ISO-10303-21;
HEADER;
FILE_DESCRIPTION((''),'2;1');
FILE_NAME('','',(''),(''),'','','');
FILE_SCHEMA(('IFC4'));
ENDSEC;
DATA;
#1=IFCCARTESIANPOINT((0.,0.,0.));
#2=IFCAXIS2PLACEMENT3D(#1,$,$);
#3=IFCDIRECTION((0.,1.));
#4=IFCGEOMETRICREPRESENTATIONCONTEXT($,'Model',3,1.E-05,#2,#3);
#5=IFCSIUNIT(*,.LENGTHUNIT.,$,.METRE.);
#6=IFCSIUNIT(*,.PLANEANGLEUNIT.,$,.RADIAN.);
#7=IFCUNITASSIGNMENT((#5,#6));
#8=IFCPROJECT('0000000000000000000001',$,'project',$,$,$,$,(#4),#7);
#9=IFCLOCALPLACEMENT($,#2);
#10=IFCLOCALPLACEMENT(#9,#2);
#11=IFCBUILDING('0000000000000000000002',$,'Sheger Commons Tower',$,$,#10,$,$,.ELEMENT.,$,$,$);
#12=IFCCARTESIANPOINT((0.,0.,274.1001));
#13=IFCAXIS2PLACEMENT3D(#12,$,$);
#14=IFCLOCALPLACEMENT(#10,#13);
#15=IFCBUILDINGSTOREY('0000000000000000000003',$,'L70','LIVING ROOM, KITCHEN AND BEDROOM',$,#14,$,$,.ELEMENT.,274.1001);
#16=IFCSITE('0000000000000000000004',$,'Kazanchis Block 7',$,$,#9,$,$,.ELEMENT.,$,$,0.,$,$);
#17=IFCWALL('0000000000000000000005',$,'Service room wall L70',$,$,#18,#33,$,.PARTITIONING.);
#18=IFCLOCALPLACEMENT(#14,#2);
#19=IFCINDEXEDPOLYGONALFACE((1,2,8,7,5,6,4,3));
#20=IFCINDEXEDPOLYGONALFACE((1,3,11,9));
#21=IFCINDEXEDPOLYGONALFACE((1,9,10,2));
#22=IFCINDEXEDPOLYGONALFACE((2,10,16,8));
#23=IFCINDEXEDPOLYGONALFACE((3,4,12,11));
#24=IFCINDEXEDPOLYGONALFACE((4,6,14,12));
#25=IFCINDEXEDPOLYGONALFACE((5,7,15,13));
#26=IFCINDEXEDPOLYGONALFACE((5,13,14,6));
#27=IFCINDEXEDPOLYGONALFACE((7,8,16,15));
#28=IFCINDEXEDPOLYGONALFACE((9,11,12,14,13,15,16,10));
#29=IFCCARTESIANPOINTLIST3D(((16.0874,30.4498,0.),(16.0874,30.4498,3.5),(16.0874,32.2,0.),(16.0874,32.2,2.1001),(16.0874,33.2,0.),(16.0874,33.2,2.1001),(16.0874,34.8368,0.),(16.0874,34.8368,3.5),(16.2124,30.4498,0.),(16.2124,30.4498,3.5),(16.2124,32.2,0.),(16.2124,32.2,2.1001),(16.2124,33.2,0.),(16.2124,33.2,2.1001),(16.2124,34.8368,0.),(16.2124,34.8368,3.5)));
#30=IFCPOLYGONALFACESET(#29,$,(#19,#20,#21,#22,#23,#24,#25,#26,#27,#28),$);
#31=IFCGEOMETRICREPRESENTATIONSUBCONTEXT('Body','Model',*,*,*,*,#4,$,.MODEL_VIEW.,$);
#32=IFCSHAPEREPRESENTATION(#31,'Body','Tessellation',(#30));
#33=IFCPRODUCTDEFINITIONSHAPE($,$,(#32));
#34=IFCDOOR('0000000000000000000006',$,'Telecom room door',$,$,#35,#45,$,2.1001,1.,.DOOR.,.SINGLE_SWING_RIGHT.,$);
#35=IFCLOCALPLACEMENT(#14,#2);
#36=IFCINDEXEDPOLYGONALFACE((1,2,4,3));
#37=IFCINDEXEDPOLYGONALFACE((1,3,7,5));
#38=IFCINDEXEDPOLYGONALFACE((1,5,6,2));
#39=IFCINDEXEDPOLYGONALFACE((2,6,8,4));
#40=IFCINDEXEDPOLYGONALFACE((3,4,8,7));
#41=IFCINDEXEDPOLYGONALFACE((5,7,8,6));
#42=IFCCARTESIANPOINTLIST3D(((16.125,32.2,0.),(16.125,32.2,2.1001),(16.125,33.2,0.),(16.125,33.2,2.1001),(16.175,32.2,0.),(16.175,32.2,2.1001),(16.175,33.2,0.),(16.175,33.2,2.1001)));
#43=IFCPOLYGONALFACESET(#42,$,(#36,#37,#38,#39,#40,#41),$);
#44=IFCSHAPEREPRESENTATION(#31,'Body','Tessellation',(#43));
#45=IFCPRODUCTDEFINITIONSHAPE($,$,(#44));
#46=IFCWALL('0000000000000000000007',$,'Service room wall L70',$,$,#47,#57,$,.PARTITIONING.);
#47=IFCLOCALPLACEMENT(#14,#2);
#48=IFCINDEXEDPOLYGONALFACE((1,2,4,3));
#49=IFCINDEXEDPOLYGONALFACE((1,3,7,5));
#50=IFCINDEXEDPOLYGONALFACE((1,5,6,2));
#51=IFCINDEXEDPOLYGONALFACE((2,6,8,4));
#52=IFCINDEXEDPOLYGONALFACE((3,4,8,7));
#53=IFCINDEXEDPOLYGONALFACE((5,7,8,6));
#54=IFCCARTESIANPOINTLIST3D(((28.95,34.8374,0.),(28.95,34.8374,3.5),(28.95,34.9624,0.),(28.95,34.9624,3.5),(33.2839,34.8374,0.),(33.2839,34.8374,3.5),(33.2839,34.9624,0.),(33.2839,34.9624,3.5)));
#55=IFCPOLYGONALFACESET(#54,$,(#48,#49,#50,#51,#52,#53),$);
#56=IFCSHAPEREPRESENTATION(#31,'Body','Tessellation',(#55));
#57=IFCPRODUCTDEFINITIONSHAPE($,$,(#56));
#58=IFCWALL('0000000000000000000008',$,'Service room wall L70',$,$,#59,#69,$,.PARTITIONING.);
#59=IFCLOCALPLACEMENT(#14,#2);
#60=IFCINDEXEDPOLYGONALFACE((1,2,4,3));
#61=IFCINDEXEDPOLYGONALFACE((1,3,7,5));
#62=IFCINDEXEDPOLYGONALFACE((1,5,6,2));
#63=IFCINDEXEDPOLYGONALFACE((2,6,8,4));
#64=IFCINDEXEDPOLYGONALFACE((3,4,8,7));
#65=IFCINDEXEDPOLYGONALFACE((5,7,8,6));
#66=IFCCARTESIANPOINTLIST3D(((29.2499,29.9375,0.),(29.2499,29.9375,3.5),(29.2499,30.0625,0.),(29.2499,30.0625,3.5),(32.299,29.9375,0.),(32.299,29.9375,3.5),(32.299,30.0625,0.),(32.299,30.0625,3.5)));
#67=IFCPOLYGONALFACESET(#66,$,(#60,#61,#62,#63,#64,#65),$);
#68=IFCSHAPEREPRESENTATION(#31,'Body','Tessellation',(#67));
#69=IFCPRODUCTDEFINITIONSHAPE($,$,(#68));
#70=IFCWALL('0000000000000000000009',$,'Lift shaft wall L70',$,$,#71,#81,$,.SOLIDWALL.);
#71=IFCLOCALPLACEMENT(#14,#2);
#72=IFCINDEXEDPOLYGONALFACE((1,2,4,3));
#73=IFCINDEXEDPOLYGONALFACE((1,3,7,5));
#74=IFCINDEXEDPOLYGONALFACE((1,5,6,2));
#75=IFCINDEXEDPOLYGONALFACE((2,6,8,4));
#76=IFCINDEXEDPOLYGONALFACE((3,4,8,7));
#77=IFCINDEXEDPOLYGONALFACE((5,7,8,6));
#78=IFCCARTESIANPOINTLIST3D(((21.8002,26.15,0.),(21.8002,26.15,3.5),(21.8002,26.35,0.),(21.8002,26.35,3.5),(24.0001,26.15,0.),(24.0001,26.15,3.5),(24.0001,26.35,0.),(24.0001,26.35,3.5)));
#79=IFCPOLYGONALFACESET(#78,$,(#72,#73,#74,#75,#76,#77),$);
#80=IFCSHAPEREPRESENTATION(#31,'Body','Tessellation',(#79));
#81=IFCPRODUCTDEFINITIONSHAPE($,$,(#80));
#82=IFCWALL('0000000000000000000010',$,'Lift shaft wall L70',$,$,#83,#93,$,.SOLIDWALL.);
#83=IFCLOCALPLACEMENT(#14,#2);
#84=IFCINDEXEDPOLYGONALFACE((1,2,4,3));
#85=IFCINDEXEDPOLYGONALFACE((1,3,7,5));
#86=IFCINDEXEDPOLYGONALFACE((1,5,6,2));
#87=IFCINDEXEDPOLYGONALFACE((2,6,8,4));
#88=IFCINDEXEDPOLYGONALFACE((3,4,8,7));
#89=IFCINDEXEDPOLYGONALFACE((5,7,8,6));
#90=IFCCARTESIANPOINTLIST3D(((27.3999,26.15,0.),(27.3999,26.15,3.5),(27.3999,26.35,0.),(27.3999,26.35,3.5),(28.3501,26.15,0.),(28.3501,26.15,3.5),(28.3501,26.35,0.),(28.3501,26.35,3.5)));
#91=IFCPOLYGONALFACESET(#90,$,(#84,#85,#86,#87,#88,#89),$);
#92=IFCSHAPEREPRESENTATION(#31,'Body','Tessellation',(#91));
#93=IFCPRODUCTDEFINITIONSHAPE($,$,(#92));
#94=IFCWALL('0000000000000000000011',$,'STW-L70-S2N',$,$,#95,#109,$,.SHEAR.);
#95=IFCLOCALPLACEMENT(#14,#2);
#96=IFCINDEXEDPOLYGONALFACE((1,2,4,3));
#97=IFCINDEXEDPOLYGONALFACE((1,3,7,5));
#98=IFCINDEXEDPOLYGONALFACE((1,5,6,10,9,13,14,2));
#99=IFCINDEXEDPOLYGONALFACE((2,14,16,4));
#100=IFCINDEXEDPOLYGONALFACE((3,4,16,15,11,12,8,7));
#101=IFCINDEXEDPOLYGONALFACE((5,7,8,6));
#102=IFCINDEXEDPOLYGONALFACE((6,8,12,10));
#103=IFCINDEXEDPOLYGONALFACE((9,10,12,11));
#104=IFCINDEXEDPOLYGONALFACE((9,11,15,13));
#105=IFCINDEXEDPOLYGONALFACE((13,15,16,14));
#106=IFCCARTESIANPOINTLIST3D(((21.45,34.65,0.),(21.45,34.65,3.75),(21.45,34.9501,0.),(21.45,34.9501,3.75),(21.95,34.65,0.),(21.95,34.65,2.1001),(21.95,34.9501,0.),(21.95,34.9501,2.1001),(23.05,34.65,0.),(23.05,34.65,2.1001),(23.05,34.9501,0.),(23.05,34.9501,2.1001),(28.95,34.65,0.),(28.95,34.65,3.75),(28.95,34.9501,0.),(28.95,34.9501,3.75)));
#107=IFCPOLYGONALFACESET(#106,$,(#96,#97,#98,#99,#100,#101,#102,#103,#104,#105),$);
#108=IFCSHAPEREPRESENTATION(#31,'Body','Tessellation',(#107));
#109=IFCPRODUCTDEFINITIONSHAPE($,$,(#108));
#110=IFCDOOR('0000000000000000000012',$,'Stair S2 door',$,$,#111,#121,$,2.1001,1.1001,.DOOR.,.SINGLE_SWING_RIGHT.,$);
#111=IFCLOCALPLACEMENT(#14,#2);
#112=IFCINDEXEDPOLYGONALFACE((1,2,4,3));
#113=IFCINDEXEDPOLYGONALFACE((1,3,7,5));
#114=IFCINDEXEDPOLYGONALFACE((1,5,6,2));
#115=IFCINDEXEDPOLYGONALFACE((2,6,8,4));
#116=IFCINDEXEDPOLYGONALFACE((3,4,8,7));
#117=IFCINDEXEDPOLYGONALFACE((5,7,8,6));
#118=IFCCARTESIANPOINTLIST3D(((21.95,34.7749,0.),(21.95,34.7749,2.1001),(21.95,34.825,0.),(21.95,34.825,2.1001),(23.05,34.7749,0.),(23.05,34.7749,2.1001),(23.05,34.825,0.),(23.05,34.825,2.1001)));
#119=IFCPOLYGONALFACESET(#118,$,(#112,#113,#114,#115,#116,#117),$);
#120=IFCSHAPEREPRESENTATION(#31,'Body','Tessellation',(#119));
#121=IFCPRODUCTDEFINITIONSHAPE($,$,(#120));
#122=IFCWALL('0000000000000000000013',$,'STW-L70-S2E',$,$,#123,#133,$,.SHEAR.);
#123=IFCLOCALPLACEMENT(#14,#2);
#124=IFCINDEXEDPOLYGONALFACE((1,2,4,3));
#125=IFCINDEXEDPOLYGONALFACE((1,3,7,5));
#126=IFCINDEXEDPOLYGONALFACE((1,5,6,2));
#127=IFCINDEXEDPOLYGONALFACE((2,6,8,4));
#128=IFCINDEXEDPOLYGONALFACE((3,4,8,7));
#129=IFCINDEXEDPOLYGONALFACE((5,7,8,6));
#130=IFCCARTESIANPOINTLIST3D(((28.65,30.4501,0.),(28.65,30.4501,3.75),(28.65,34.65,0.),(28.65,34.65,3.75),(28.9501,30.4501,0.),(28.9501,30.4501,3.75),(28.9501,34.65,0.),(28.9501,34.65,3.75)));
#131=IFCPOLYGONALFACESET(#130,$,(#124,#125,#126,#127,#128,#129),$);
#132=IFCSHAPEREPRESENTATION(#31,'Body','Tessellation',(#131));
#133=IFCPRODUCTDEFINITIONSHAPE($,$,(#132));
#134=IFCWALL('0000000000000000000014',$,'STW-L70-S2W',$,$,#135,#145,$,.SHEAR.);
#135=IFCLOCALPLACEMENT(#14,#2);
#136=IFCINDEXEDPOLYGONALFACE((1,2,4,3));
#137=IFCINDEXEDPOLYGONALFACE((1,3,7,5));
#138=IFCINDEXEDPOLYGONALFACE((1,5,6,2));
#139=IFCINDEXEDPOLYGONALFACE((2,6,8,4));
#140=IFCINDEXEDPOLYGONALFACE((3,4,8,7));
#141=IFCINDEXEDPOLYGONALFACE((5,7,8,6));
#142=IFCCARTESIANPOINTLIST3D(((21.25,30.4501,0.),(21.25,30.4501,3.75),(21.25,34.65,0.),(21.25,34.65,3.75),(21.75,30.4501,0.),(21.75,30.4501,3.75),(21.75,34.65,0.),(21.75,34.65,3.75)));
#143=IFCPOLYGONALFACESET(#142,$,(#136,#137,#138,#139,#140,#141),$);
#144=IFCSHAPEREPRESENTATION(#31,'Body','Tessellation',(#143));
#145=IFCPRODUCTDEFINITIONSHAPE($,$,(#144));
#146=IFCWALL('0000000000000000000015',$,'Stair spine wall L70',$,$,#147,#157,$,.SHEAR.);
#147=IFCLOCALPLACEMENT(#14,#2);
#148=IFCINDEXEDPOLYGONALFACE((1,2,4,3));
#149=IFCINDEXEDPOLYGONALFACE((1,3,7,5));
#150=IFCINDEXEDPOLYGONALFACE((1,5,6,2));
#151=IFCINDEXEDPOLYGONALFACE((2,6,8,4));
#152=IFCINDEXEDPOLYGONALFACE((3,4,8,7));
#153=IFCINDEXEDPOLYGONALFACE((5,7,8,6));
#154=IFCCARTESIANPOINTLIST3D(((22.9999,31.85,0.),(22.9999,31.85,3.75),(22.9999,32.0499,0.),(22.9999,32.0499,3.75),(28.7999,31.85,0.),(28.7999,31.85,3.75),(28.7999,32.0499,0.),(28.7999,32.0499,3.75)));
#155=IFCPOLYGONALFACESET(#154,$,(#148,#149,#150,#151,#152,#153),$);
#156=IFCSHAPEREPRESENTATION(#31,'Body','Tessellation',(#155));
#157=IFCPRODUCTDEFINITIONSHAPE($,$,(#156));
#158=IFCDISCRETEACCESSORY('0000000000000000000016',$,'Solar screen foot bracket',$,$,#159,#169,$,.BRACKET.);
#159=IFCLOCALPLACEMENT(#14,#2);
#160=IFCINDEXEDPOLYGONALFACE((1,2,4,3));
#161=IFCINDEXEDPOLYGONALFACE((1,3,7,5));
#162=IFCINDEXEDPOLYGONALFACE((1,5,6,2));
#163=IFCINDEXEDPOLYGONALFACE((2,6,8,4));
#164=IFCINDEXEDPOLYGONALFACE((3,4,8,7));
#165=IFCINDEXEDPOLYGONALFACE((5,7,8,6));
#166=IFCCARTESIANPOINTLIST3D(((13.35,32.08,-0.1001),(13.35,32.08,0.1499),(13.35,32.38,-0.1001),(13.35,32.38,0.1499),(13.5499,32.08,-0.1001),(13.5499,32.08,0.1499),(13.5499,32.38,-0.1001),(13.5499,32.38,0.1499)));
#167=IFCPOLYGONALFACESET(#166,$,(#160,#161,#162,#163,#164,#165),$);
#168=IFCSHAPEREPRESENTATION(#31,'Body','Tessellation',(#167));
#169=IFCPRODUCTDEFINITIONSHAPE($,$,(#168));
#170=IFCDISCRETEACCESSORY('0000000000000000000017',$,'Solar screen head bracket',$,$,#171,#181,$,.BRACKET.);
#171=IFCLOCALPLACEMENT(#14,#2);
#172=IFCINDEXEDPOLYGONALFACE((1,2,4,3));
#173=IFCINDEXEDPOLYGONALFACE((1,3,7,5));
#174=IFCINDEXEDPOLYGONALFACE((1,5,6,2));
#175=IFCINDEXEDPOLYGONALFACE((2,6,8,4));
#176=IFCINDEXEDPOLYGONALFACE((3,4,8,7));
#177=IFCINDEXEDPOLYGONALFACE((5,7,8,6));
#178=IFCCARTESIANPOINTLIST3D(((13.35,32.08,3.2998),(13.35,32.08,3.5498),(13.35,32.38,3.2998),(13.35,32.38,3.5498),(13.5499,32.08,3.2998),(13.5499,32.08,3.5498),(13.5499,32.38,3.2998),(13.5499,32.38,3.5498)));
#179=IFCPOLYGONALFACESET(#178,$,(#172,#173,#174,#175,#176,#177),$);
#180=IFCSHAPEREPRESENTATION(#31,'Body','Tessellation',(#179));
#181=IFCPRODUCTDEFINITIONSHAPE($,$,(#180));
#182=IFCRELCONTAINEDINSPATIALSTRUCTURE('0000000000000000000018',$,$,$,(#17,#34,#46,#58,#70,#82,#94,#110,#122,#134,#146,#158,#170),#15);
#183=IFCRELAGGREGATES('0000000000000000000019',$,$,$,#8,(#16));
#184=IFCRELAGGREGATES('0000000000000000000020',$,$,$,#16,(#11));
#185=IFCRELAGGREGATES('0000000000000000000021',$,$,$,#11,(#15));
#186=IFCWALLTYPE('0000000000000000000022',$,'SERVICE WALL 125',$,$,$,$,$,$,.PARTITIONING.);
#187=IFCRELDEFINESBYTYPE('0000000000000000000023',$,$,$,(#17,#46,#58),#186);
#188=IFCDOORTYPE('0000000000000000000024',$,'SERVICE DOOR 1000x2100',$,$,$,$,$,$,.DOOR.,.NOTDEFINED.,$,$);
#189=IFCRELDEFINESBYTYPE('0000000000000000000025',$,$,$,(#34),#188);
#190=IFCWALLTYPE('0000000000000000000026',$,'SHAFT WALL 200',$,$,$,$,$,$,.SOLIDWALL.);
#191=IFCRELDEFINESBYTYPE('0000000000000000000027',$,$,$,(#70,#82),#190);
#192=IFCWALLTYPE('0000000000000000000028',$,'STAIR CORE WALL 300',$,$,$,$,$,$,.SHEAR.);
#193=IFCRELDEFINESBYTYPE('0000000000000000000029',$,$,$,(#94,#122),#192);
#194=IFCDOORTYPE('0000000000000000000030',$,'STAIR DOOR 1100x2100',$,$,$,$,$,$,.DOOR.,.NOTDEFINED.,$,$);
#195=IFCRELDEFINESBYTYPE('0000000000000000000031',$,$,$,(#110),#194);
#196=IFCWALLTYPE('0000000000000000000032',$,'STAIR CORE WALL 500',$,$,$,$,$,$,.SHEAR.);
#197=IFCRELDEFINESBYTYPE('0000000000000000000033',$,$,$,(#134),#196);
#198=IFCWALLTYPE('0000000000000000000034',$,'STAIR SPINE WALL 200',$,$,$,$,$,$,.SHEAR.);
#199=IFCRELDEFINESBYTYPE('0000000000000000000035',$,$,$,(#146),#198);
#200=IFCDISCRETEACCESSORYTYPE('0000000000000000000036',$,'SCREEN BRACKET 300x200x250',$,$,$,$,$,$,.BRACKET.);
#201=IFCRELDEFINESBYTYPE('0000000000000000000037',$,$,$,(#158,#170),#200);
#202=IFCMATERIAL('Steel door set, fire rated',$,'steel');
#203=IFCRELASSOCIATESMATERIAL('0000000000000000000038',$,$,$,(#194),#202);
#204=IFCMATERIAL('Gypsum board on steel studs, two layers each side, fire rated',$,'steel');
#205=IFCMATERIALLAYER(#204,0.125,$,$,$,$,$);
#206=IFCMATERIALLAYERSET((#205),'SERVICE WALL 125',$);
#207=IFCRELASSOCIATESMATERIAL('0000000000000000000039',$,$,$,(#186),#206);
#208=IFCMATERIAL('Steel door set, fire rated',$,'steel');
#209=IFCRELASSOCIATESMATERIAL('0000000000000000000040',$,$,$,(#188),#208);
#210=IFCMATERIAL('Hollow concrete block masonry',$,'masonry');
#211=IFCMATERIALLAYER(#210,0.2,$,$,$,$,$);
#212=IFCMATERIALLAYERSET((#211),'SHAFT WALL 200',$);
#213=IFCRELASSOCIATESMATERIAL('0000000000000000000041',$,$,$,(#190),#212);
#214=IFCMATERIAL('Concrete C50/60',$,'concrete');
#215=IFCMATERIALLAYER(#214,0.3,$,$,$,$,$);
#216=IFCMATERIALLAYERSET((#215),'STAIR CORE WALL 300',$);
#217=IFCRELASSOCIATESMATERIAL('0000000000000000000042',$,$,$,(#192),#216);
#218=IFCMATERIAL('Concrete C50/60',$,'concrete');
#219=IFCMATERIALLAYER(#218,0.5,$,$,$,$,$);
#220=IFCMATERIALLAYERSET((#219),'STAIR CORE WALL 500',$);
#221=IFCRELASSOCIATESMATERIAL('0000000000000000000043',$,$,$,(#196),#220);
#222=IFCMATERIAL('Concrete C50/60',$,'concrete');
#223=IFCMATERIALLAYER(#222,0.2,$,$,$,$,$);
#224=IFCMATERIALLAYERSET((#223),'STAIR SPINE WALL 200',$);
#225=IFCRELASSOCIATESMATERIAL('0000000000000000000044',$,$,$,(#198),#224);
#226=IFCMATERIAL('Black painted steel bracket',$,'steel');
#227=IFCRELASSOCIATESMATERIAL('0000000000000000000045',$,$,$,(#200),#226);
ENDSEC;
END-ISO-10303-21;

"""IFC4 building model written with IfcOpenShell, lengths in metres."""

from ifc_helpers import new_model, si_unit, direction, frame, frame_2d, origin, origin_2d, place, context, subcontext, project, spatial, rectangle, extrude, material, layer, layer_set, type_object, element, fill, save


model = new_model("IFC4")

# Units and contexts
model_context = context("Model", 3, precision=1e-05, world=origin(), true_north=direction((0.0, 1.0)))
body_context = subcontext(model_context, "Body", "Model", "MODEL_VIEW")
ifc_project = project(units=[si_unit("LENGTHUNIT", "METRE"), si_unit("PLANEANGLEUNIT", "RADIAN")], contexts=[model_context])

# Site, building, storey
site_placement = place(None, origin())
site = spatial("IfcSite", under=ifc_project, at=site_placement, Name="Kazanchis Block 7", CompositionType="ELEMENT", RefElevation=0.0)
building_placement = place(site_placement, origin())
building = spatial("IfcBuilding", under=site, at=building_placement, Name="Sheger Commons Tower", CompositionType="ELEMENT")
storey_placement = place(building_placement, frame((0.0, 0.0, 274.1001)))
storey = spatial("IfcBuildingStorey", under=building, at=storey_placement, Name="L70", Description="LIVING ROOM, KITCHEN AND BEDROOM", CompositionType="ELEMENT", Elevation=274.1001)

# Shared definitions
ifc_material_1 = material(Name="Steel door set, fire rated", Category="steel")
door_type_1 = type_object("IfcDoorType", Name="STAIR DOOR 1100x2100", OperationType="NOTDEFINED", PredefinedType="DOOR", material=ifc_material_1)

# Wall, opening, door
ifc_material_2 = material(Name="Gypsum board on steel studs, two layers each side, fire rated", Category="steel")
ifc_layer_1 = layer(ifc_material_2, 0.125)
ifc_layer_set_1 = layer_set([ifc_layer_1], Name="SERVICE WALL 125")
wall_type_1 = type_object("IfcWallType", Name="SERVICE WALL 125", PredefinedType="PARTITIONING", material=ifc_layer_set_1)
wall_1_placement = place(storey_placement, frame((16.1499, 30.45, 0.0), z_axis=(0.0, 0.0, 1.0), x_axis=(0.0, 1.0, 0.0)))
wall_1 = element("IfcWall", 1, at=wall_1_placement, inside=storey, type_object=wall_type_1, Name="Service room wall L70", PredefinedType="PARTITIONING", context=body_context, shape_type="SweptSolid", body=[
    extrude(rectangle(XDim=4.387, YDim=0.125, at=frame_2d((2.1934, 0.0))), origin(), (0.0, 0.0, 1.0), 3.5),
])
opening_1_placement = place(wall_1_placement, frame((1.75, 0.0, 0.0)))
opening_1 = element("IfcOpeningElement", 2, at=opening_1_placement, cuts=wall_1, PredefinedType="OPENING", context=body_context, shape_type="SweptSolid", body=[
    extrude(rectangle(XDim=1.0, YDim=2.1001, at=frame_2d((0.5, 1.05))), frame((0.0, 0.0725, 0.0), z_axis=(0.0, -1.0, 0.0), x_axis=(1.0, 0.0, 0.0)), (0.0, 0.0, 1.0), 0.145),
])
ifc_material_3 = material(Name="Steel door set, fire rated", Category="steel")
door_type_2 = type_object("IfcDoorType", Name="SERVICE DOOR 1000x2100", OperationType="NOTDEFINED", PredefinedType="DOOR", material=ifc_material_3)
door_1_placement = place(opening_1_placement, origin())
door_1 = element("IfcDoor", 3, at=door_1_placement, inside=storey, type_object=door_type_2, Name="Telecom room door", OperationType="SINGLE_SWING_RIGHT", OverallHeight=2.1001, OverallWidth=1.0, PredefinedType="DOOR", context=body_context, shape_type="SweptSolid", body=[
    extrude(rectangle(XDim=1.0, YDim=2.1001, at=frame_2d((0.5, 1.05))), frame((0.0, 0.0249, 0.0), z_axis=(0.0, -1.0, 0.0), x_axis=(1.0, 0.0, 0.0)), (0.0, 0.0, 1.0), 0.05),
])
fill(opening_1, door_1)

# Walls
wall_2_placement = place(storey_placement, frame((28.95, 34.8999, 0.0), z_axis=(0.0, 0.0, 1.0), x_axis=(1.0, 0.0, 0.0)))
element("IfcWall", 4, at=wall_2_placement, inside=storey, type_object=wall_type_1, Name="Service room wall L70", PredefinedType="PARTITIONING", context=body_context, shape_type="SweptSolid", body=[
    extrude(rectangle(XDim=4.334, YDim=0.125, at=frame_2d((2.167, 0.0))), origin(), (0.0, 0.0, 1.0), 3.5),
])
wall_3_placement = place(storey_placement, frame((29.25, 30.0, 0.0), z_axis=(0.0, 0.0, 1.0), x_axis=(1.0, 0.0, 0.0)))
element("IfcWall", 5, at=wall_3_placement, inside=storey, type_object=wall_type_1, Name="Service room wall L70", PredefinedType="PARTITIONING", context=body_context, shape_type="SweptSolid", body=[
    extrude(rectangle(XDim=3.0491, YDim=0.125, at=frame_2d((1.5244, 0.0))), origin(), (0.0, 0.0, 1.0), 3.5),
])
ifc_material_4 = material(Name="Hollow concrete block masonry", Category="masonry")
ifc_layer_2 = layer(ifc_material_4, 0.2)
ifc_layer_set_2 = layer_set([ifc_layer_2], Name="SHAFT WALL 200")
wall_type_2 = type_object("IfcWallType", Name="SHAFT WALL 200", PredefinedType="SOLIDWALL", material=ifc_layer_set_2)
wall_4_placement = place(storey_placement, frame((21.8, 26.25, 0.0), z_axis=(0.0, 0.0, 1.0), x_axis=(1.0, 0.0, 0.0)))
element("IfcWall", 6, at=wall_4_placement, inside=storey, type_object=wall_type_2, Name="Lift shaft wall L70", PredefinedType="SOLIDWALL", context=body_context, shape_type="SweptSolid", body=[
    extrude(rectangle(XDim=2.2, YDim=0.2, at=frame_2d((1.1001, 0.0))), origin(), (0.0, 0.0, 1.0), 3.5),
])
wall_5_placement = place(storey_placement, frame((27.3999, 26.25, 0.0), z_axis=(0.0, 0.0, 1.0), x_axis=(1.0, 0.0, 0.0)))
element("IfcWall", 7, at=wall_5_placement, inside=storey, type_object=wall_type_2, Name="Lift shaft wall L70", PredefinedType="SOLIDWALL", context=body_context, shape_type="SweptSolid", body=[
    extrude(rectangle(XDim=0.9502, YDim=0.2, at=frame_2d((0.4751, 0.0))), origin(), (0.0, 0.0, 1.0), 3.5),
])

# Wall, opening, door
ifc_material_5 = material(Name="Concrete C50/60", Category="concrete")
ifc_layer_3 = layer(ifc_material_5, 0.3)
ifc_layer_set_3 = layer_set([ifc_layer_3], Name="STAIR CORE WALL 300")
wall_type_3 = type_object("IfcWallType", Name="STAIR CORE WALL 300", PredefinedType="SHEAR", material=ifc_layer_set_3)
wall_6_placement = place(storey_placement, frame((21.45, 34.8, 0.0), z_axis=(0.0, 0.0, 1.0), x_axis=(1.0, 0.0, 0.0)))
wall_6 = element("IfcWall", 8, at=wall_6_placement, inside=storey, type_object=wall_type_3, Name="STW-L70-S2N", PredefinedType="SHEAR", context=body_context, shape_type="SweptSolid", body=[
    extrude(rectangle(XDim=7.5, YDim=0.3, at=frame_2d((3.75, 0.0))), origin(), (0.0, 0.0, 1.0), 3.75),
])
opening_2_placement = place(wall_6_placement, frame((0.5, 0.0, 0.0)))
opening_2 = element("IfcOpeningElement", 9, at=opening_2_placement, cuts=wall_6, PredefinedType="OPENING", context=body_context, shape_type="SweptSolid", body=[
    extrude(rectangle(XDim=1.1001, YDim=2.1001, at=frame_2d((0.55, 1.05))), frame((0.0, 0.1599, 0.0), z_axis=(0.0, -1.0, 0.0), x_axis=(1.0, 0.0, 0.0)), (0.0, 0.0, 1.0), 0.3201),
])
door_2_placement = place(opening_2_placement, origin())
door_2 = element("IfcDoor", 10, at=door_2_placement, inside=storey, type_object=door_type_1, Name="Stair S2 door", OperationType="SINGLE_SWING_RIGHT", OverallHeight=2.1001, OverallWidth=1.1001, PredefinedType="DOOR", context=body_context, shape_type="SweptSolid", body=[
    extrude(rectangle(XDim=1.1001, YDim=2.1001, at=frame_2d((0.55, 1.05))), frame((0.0, 0.0249, 0.0), z_axis=(0.0, -1.0, 0.0), x_axis=(1.0, 0.0, 0.0)), (0.0, 0.0, 1.0), 0.05),
])
fill(opening_2, door_2)

# Walls
wall_7_placement = place(storey_placement, frame((28.8, 30.45, 0.0), z_axis=(0.0, 0.0, 1.0), x_axis=(0.0, 1.0, 0.0)))
element("IfcWall", 11, at=wall_7_placement, inside=storey, type_object=wall_type_3, Name="STW-L70-S2E", PredefinedType="SHEAR", context=body_context, shape_type="SweptSolid", body=[
    extrude(rectangle(XDim=4.2, YDim=0.3, at=frame_2d((2.1001, 0.0))), origin(), (0.0, 0.0, 1.0), 3.75),
])
ifc_material_6 = material(Name="Concrete C50/60", Category="concrete")
ifc_layer_4 = layer(ifc_material_6, 0.5)
ifc_layer_set_4 = layer_set([ifc_layer_4], Name="STAIR CORE WALL 500")
wall_type_4 = type_object("IfcWallType", Name="STAIR CORE WALL 500", PredefinedType="SHEAR", material=ifc_layer_set_4)
wall_8_placement = place(storey_placement, frame((21.5, 30.45, 0.0), z_axis=(0.0, 0.0, 1.0), x_axis=(0.0, 1.0, 0.0)))
element("IfcWall", 12, at=wall_8_placement, inside=storey, type_object=wall_type_4, Name="STW-L70-S2W", PredefinedType="SHEAR", context=body_context, shape_type="SweptSolid", body=[
    extrude(rectangle(XDim=4.2, YDim=0.5, at=frame_2d((2.1001, 0.0))), origin(), (0.0, 0.0, 1.0), 3.75),
])
ifc_material_7 = material(Name="Concrete C50/60", Category="concrete")
ifc_layer_5 = layer(ifc_material_7, 0.2)
ifc_layer_set_5 = layer_set([ifc_layer_5], Name="STAIR SPINE WALL 200")
wall_type_5 = type_object("IfcWallType", Name="STAIR SPINE WALL 200", PredefinedType="SHEAR", material=ifc_layer_set_5)
wall_9_placement = place(storey_placement, frame((23.0, 31.95, 0.0), z_axis=(0.0, 0.0, 1.0), x_axis=(1.0, 0.0, 0.0)))
element("IfcWall", 13, at=wall_9_placement, inside=storey, type_object=wall_type_5, Name="Stair spine wall L70", PredefinedType="SHEAR", context=body_context, shape_type="SweptSolid", body=[
    extrude(rectangle(XDim=5.8, YDim=0.2, at=frame_2d((2.8999, 0.0))), origin(), (0.0, 0.0, 1.0), 3.75),
])

# Discrete accessories
ifc_material_8 = material(Name="Black painted steel bracket", Category="steel")
discrete_accessory_type = type_object("IfcDiscreteAccessoryType", Name="SCREEN BRACKET 300x200x250", PredefinedType="BRACKET", material=ifc_material_8)
for number, where, z_axis, x_axis, name in (
    (14, (13.45, 32.23, -0.1001), (0.0, 0.0, 1.0), (0.0, -1.0, 0.0), "Solar screen foot bracket"),
    (15, (13.45, 32.23, 3.2998), (0.0, 0.0, 1.0), (0.0, -1.0, 0.0), "Solar screen head bracket"),
):
    element("IfcDiscreteAccessory", number, at=place(storey_placement, frame(where, z_axis=z_axis, x_axis=x_axis)), inside=storey, type_object=discrete_accessory_type, Name=name, PredefinedType="BRACKET", context=body_context, shape_type="SweptSolid", body=[
        extrude(rectangle(XDim=0.3, YDim=0.2, at=origin_2d()), origin(), (0.0, 0.0, 1.0), 0.25),
    ])

save(model, "model.ifc")
